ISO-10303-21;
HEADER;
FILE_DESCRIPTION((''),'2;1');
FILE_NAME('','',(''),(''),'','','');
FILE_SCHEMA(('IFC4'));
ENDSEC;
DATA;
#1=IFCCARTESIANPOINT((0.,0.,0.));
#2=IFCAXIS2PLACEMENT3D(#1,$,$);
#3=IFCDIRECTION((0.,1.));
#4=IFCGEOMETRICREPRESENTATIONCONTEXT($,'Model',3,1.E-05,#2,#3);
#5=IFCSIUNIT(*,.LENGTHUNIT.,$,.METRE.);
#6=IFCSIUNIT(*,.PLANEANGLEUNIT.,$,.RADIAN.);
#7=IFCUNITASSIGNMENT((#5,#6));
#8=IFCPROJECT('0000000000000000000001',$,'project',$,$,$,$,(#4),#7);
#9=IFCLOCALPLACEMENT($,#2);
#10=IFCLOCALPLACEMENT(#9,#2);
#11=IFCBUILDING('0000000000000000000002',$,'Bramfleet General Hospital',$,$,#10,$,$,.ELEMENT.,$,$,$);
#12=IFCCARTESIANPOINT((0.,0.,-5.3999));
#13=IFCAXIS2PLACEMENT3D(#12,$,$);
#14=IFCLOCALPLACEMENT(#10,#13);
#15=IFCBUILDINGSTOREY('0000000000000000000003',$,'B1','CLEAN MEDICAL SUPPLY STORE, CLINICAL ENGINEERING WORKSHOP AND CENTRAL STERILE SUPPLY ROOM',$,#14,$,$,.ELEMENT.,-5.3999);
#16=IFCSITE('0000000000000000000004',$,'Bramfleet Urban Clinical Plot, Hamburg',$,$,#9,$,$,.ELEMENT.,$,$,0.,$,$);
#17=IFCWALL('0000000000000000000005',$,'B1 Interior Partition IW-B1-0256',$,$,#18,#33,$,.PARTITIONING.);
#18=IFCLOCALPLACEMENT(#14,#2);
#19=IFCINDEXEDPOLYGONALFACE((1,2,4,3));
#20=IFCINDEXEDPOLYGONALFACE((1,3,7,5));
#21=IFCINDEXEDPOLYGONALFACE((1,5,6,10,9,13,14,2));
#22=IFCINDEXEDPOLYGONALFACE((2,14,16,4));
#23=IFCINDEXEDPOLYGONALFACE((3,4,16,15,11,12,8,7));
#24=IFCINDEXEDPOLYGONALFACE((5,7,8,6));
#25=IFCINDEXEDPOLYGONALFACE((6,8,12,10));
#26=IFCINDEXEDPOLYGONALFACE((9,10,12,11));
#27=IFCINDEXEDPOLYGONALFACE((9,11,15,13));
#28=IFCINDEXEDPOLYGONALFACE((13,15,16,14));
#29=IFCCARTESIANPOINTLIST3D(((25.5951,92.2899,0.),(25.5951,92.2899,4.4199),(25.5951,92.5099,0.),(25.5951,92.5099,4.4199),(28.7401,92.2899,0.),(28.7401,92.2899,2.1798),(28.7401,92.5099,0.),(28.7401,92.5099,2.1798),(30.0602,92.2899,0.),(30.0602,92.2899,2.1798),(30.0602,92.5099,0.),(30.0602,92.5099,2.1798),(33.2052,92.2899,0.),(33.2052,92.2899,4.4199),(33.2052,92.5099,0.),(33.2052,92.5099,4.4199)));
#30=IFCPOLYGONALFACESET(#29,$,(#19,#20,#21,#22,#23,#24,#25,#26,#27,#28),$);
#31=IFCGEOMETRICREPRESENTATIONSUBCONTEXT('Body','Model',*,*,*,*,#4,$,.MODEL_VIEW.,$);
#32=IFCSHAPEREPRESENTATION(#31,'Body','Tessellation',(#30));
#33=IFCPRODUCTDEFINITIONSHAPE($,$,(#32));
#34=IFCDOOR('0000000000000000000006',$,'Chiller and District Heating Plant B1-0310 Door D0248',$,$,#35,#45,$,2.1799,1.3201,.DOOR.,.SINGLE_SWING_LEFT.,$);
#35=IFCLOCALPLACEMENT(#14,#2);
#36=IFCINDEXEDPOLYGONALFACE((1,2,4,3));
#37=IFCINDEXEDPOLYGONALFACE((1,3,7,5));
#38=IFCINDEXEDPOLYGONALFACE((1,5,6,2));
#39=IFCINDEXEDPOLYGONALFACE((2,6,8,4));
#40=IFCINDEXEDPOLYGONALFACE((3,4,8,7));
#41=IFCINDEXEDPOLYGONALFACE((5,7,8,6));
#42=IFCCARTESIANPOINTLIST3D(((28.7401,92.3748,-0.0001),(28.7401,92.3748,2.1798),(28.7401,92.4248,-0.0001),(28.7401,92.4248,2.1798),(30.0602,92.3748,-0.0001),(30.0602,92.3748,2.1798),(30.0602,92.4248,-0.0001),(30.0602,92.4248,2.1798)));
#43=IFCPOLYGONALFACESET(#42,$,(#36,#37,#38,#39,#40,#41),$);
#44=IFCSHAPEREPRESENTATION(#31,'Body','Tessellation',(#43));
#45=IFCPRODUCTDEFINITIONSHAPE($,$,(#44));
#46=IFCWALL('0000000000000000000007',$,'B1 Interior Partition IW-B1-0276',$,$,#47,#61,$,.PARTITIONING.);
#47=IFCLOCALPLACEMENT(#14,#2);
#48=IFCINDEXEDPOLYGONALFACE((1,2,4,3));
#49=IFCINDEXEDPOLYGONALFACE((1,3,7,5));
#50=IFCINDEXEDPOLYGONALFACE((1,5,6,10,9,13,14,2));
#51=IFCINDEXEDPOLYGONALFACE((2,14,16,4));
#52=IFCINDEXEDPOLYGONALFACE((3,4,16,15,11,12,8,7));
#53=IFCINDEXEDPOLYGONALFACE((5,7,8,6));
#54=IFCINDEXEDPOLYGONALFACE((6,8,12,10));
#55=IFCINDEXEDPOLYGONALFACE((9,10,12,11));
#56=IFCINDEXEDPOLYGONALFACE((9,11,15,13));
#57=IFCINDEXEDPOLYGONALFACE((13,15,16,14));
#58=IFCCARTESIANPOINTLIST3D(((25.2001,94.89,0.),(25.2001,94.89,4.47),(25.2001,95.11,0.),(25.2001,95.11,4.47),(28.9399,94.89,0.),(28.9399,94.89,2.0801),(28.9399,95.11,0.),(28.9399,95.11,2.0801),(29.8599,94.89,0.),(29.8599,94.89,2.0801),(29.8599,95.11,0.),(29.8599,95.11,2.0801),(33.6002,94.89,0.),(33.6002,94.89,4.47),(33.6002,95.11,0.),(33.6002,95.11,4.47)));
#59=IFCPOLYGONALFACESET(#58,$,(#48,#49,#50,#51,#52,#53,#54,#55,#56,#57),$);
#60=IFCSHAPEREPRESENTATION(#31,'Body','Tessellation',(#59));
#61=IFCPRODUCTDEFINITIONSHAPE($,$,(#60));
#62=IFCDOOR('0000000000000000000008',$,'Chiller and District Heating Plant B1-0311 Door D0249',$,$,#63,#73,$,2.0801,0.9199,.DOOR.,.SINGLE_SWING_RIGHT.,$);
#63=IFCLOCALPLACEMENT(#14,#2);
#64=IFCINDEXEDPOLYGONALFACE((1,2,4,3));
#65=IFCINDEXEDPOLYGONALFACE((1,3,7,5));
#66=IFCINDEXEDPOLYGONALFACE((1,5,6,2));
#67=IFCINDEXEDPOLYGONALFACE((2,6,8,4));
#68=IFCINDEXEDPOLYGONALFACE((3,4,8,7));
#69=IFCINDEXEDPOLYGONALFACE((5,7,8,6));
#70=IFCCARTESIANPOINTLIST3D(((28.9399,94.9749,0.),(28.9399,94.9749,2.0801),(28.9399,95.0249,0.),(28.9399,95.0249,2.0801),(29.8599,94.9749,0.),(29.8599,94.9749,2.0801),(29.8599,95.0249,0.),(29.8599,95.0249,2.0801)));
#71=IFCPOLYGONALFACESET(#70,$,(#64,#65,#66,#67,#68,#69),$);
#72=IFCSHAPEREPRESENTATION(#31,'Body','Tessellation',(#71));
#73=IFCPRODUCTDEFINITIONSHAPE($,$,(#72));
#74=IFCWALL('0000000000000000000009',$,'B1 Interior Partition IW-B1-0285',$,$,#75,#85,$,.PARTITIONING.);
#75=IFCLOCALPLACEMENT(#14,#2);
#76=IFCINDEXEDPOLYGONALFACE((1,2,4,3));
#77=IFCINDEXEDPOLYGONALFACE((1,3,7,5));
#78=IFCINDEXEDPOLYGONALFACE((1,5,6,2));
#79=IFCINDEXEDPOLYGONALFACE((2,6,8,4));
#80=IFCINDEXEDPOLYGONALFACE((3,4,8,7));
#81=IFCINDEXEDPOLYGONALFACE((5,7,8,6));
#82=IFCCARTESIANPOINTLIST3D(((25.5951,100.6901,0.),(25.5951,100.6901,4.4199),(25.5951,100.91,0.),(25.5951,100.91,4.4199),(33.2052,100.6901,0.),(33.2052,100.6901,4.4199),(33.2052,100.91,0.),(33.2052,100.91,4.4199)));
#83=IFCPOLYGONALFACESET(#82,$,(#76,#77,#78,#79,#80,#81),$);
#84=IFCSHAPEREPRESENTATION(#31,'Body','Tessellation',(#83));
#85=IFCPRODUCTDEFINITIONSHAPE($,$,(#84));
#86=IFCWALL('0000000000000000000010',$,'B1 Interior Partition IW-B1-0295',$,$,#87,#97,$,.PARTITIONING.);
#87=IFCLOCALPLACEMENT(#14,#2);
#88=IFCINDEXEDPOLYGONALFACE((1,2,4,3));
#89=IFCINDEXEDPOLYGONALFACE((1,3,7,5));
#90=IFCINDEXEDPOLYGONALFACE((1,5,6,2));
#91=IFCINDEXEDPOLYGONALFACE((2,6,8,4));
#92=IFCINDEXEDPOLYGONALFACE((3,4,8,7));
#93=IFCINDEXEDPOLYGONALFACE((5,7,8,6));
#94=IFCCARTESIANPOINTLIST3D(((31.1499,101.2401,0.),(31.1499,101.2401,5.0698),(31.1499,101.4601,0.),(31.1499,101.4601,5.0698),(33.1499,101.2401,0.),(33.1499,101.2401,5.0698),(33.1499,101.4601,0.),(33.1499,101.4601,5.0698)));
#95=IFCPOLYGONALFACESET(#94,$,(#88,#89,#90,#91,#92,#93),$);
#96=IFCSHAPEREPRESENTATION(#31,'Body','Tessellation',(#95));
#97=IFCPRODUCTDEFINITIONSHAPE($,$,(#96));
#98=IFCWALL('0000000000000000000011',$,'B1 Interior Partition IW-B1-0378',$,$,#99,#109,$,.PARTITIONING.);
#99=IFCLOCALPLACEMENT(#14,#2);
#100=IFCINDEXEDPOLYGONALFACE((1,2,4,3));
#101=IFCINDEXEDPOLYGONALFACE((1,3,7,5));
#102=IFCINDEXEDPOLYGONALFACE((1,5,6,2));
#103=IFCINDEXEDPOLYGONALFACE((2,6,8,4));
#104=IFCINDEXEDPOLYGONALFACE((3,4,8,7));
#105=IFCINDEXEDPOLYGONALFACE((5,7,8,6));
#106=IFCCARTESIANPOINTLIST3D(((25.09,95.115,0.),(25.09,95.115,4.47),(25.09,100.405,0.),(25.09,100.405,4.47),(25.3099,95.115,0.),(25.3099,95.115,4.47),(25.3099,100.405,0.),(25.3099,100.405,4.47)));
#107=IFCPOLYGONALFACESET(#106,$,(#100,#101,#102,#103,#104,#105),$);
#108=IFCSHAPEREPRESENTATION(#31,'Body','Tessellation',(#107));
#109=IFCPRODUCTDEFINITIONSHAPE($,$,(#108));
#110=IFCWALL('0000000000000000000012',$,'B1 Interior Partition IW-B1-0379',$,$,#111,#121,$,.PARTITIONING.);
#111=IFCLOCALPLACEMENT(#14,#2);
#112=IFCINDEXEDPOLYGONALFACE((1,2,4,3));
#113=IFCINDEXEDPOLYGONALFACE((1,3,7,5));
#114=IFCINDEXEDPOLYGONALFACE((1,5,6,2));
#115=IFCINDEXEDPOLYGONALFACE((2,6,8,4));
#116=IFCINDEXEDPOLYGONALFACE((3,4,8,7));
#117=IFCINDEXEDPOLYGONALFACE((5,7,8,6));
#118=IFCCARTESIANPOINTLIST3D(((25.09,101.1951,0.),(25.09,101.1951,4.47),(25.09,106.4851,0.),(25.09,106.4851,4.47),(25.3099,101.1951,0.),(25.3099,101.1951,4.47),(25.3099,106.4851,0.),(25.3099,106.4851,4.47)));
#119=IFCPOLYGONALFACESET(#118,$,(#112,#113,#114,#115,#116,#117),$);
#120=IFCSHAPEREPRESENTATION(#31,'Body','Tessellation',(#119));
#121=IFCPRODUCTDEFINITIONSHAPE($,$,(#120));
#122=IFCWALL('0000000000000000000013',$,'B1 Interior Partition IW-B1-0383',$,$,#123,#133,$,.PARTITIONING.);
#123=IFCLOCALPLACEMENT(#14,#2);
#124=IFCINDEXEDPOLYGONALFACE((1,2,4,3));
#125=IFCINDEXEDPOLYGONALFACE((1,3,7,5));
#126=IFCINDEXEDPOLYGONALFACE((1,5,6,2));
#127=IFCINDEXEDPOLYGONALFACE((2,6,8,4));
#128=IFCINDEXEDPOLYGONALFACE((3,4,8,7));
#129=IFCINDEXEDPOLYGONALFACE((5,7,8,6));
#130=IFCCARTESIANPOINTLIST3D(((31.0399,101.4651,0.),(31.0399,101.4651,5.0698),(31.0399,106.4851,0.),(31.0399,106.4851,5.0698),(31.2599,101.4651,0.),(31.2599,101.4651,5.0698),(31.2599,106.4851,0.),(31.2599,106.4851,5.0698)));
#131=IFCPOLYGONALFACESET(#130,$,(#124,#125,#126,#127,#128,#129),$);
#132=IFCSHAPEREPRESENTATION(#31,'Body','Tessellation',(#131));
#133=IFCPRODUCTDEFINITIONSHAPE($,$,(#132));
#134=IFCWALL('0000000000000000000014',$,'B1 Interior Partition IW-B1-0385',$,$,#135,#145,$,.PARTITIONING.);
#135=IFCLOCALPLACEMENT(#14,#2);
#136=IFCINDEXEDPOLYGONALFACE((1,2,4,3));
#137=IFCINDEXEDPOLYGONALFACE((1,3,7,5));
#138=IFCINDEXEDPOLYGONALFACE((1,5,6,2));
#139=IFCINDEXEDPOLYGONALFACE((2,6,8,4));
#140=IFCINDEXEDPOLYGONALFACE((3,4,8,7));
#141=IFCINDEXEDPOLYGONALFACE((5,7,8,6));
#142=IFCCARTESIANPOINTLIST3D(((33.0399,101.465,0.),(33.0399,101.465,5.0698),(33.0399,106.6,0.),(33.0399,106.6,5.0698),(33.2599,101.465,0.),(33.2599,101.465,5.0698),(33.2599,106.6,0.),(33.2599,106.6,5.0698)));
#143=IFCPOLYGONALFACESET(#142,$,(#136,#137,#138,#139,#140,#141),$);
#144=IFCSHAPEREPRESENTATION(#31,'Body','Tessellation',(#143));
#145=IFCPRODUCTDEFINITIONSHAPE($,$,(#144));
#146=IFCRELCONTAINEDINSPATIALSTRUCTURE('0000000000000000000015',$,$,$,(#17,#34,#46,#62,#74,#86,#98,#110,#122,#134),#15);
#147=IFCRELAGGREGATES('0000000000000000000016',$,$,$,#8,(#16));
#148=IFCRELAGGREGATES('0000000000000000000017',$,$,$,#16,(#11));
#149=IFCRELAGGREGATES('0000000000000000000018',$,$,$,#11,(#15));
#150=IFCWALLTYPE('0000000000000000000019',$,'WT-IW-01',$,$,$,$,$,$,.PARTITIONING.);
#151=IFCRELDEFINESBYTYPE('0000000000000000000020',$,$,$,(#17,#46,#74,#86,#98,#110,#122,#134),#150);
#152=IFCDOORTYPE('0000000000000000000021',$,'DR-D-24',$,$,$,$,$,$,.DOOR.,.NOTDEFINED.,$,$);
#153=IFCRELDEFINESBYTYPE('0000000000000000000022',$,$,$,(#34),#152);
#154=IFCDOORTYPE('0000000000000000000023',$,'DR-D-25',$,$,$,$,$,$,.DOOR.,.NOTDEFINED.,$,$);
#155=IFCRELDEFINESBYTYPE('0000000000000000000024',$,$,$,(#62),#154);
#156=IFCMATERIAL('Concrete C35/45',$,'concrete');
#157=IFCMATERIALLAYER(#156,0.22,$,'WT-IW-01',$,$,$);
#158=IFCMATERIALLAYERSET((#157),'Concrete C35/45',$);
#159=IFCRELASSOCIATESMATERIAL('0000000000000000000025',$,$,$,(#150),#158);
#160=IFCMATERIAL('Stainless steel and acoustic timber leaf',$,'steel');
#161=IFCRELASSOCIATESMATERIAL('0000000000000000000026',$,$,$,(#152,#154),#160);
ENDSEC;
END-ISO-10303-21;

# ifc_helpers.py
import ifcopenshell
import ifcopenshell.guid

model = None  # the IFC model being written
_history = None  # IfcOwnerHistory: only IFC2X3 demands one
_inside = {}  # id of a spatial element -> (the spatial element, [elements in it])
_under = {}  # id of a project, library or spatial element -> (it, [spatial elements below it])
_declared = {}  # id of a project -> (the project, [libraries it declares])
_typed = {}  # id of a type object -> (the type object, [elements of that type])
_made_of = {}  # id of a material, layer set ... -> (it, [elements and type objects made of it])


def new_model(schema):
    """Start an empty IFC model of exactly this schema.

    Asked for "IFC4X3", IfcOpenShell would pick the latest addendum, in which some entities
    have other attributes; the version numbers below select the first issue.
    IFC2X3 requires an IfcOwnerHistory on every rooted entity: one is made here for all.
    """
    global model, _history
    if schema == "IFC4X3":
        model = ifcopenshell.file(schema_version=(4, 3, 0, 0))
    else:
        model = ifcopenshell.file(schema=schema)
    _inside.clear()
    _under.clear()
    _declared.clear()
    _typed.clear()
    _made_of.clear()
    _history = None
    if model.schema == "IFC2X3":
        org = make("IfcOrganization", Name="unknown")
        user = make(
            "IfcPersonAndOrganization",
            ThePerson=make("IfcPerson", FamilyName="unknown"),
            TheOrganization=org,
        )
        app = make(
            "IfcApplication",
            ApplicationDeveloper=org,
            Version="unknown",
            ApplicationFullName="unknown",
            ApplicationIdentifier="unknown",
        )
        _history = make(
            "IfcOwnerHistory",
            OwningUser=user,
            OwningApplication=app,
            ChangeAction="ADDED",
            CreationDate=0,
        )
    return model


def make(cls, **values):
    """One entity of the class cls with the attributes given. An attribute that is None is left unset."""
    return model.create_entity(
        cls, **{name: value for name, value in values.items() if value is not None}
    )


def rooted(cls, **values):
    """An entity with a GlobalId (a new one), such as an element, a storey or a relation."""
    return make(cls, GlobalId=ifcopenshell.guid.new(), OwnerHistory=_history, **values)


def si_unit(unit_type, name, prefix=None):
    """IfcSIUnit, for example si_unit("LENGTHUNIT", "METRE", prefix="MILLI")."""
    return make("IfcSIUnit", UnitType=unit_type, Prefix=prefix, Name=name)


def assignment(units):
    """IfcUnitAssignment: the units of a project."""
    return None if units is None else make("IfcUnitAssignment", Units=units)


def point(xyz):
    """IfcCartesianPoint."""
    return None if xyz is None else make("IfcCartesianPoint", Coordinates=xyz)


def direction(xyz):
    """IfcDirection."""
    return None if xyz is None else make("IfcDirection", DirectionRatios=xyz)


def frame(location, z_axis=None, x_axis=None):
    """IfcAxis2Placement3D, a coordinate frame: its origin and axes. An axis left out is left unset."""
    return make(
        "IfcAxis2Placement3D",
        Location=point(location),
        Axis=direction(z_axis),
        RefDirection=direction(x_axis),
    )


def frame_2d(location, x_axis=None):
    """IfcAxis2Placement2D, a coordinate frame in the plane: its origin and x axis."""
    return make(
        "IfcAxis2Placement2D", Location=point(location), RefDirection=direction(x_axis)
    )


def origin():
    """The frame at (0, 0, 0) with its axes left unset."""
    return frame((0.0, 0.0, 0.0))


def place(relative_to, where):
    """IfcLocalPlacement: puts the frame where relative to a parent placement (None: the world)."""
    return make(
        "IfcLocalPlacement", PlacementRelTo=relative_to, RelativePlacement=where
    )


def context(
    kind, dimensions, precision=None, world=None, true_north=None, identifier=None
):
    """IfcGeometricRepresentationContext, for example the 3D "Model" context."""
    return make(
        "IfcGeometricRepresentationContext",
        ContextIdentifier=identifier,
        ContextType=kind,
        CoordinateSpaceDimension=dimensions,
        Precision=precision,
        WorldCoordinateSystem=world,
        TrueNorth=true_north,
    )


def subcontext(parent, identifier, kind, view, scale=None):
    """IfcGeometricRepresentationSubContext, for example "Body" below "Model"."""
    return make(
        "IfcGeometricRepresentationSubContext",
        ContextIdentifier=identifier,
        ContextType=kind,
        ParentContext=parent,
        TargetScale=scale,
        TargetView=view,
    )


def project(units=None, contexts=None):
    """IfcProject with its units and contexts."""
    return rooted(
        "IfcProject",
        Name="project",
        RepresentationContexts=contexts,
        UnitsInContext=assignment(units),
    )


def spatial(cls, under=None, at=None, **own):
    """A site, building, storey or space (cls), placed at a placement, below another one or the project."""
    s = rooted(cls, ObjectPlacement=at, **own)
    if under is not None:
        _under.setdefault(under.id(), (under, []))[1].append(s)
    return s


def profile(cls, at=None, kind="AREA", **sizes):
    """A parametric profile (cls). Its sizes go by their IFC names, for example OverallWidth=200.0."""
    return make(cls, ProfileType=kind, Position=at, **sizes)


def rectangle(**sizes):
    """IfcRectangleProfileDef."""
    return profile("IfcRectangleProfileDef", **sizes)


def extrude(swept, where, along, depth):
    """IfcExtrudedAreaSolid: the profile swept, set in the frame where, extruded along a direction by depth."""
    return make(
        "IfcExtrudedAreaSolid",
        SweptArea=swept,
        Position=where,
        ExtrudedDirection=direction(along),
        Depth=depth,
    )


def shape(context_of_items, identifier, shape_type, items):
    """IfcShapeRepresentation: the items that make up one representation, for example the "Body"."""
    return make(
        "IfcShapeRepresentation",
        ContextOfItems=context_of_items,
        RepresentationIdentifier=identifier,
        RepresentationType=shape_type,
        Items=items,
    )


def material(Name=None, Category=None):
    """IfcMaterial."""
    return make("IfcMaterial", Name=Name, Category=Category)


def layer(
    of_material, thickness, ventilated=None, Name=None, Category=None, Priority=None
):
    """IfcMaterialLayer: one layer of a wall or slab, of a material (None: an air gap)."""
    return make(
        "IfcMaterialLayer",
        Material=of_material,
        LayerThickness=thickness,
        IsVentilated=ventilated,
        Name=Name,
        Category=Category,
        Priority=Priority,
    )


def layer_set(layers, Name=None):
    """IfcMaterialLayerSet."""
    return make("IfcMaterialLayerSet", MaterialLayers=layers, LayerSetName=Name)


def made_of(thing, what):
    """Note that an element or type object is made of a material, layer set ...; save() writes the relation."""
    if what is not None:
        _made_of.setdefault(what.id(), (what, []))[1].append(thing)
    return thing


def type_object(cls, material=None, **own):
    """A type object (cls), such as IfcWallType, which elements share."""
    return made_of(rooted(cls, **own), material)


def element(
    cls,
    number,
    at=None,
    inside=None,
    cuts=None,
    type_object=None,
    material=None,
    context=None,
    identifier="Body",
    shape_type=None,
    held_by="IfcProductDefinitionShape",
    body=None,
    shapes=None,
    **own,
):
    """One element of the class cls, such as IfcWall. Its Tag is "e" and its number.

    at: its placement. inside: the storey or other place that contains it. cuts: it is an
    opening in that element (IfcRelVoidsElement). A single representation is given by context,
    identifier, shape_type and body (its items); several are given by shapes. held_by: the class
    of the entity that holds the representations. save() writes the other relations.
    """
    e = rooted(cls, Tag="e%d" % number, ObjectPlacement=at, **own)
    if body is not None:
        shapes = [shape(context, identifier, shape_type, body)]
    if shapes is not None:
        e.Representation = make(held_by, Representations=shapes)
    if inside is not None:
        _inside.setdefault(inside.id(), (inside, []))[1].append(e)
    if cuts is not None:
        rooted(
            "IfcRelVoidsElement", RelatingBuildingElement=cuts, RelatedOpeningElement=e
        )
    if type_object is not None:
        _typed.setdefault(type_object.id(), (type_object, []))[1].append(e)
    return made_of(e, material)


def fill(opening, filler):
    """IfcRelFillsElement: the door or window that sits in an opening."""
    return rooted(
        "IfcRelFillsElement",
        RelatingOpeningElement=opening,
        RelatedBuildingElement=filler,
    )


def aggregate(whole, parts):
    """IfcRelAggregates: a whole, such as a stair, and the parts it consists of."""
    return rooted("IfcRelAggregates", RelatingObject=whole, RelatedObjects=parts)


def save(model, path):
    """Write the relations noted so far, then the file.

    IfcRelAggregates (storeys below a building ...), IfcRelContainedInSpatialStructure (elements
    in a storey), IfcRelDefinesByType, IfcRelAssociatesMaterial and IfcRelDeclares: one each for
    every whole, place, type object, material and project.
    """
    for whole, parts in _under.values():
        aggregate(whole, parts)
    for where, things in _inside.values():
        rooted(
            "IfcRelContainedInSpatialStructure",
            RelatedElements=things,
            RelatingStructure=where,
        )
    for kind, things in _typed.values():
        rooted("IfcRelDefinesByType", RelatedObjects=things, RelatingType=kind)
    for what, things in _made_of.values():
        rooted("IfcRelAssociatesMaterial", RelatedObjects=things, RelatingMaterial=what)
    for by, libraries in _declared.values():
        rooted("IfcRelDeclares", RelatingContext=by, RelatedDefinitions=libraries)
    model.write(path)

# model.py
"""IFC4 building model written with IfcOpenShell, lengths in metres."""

from ifc_helpers import new_model, si_unit, direction, frame, frame_2d, origin, place, context, subcontext, project, spatial, rectangle, extrude, material, layer, layer_set, type_object, element, fill, save


model = new_model("IFC4")

# Units and contexts
model_context = context("Model", 3, precision=1e-05, world=origin(), true_north=direction((0.0, 1.0)))
body_context = subcontext(model_context, "Body", "Model", "MODEL_VIEW")
ifc_project = project(units=[si_unit("LENGTHUNIT", "METRE"), si_unit("PLANEANGLEUNIT", "RADIAN")], contexts=[model_context])

# Site, building, storey
site_placement = place(None, origin())
site = spatial("IfcSite", under=ifc_project, at=site_placement, Name="Bramfleet Urban Clinical Plot, Hamburg", CompositionType="ELEMENT", RefElevation=0.0)
building_placement = place(site_placement, origin())
building = spatial("IfcBuilding", under=site, at=building_placement, Name="Bramfleet General Hospital", CompositionType="ELEMENT")
storey_placement = place(building_placement, frame((0.0, 0.0, -5.3999)))
storey = spatial("IfcBuildingStorey", under=building, at=storey_placement, Name="B1", Description="CLEAN MEDICAL SUPPLY STORE, CLINICAL ENGINEERING WORKSHOP AND CENTRAL STERILE SUPPLY ROOM", CompositionType="ELEMENT", Elevation=-5.3999)

# Shared definitions
ifc_material_1 = material(Name="Concrete C35/45", Category="concrete")

# Walls, openings, doors
ifc_layer = layer(ifc_material_1, 0.22, Name="WT-IW-01")
ifc_layer_set = layer_set([ifc_layer], Name="Concrete C35/45")
wall_type = type_object("IfcWallType", Name="WT-IW-01", PredefinedType="PARTITIONING", material=ifc_layer_set)
wall_1_placement = place(storey_placement, frame((25.595, 92.3999, 0.0), z_axis=(0.0, 0.0, 1.0), x_axis=(1.0, 0.0, 0.0)))
wall_1 = element("IfcWall", 1, at=wall_1_placement, inside=storey, type_object=wall_type, Name="B1 Interior Partition IW-B1-0256", PredefinedType="PARTITIONING", context=body_context, shape_type="SweptSolid", body=[
    extrude(rectangle(XDim=7.6101, YDim=0.22, at=frame_2d((3.8052, 0.0))), origin(), (0.0, 0.0, 1.0), 4.4199),
])
opening_1_placement = place(wall_1_placement, frame((3.145, 0.0, 0.0)))
opening_1 = element("IfcOpeningElement", 2, at=opening_1_placement, cuts=wall_1, PredefinedType="OPENING", context=body_context, shape_type="SweptSolid", body=[
    extrude(rectangle(XDim=1.3201, YDim=2.1799, at=frame_2d((0.6602, 1.0898))), frame((0.0, 0.1199, 0.0), z_axis=(0.0, -1.0, 0.0), x_axis=(1.0, 0.0, 0.0)), (0.0, 0.0, 1.0), 0.24),
])
ifc_material_2 = material(Name="Stainless steel and acoustic timber leaf", Category="steel")
door_type_1 = type_object("IfcDoorType", Name="DR-D-24", OperationType="NOTDEFINED", PredefinedType="DOOR", material=ifc_material_2)
door_1_placement = place(opening_1_placement, origin())
door_1 = element("IfcDoor", 3, at=door_1_placement, inside=storey, type_object=door_type_1, Name="Chiller and District Heating Plant B1-0310 Door D0248", OperationType="SINGLE_SWING_LEFT", OverallHeight=2.1799, OverallWidth=1.3201, PredefinedType="DOOR", context=body_context, shape_type="SweptSolid", body=[
    extrude(rectangle(XDim=1.3201, YDim=2.1799, at=frame_2d((0.6602, 1.0898))), frame((0.0, 0.0249, 0.0), z_axis=(0.0, -1.0, 0.0), x_axis=(1.0, 0.0, 0.0)), (0.0, 0.0, 1.0), 0.05),
])
fill(opening_1, door_1)
wall_2_placement = place(storey_placement, frame((25.2, 95.0, 0.0), z_axis=(0.0, 0.0, 1.0), x_axis=(1.0, 0.0, 0.0)))
wall_2 = element("IfcWall", 4, at=wall_2_placement, inside=storey, type_object=wall_type, Name="B1 Interior Partition IW-B1-0276", PredefinedType="PARTITIONING", context=body_context, shape_type="SweptSolid", body=[
    extrude(rectangle(XDim=8.4001, YDim=0.22, at=frame_2d((4.2002, 0.0))), origin(), (0.0, 0.0, 1.0), 4.47),
])
opening_2_placement = place(wall_2_placement, frame((3.74, 0.0, 0.0)))
opening_2 = element("IfcOpeningElement", 5, at=opening_2_placement, cuts=wall_2, PredefinedType="OPENING", context=body_context, shape_type="SweptSolid", body=[
    extrude(rectangle(XDim=0.9199, YDim=2.0801, at=frame_2d((0.46, 1.04))), frame((0.0, 0.1199, 0.0), z_axis=(0.0, -1.0, 0.0), x_axis=(1.0, 0.0, 0.0)), (0.0, 0.0, 1.0), 0.24),
])
door_type_2 = type_object("IfcDoorType", Name="DR-D-25", OperationType="NOTDEFINED", PredefinedType="DOOR", material=ifc_material_2)
door_2_placement = place(opening_2_placement, origin())
door_2 = element("IfcDoor", 6, at=door_2_placement, inside=storey, type_object=door_type_2, Name="Chiller and District Heating Plant B1-0311 Door D0249", OperationType="SINGLE_SWING_RIGHT", OverallHeight=2.0801, OverallWidth=0.9199, PredefinedType="DOOR", context=body_context, shape_type="SweptSolid", body=[
    extrude(rectangle(XDim=0.9199, YDim=2.0801, at=frame_2d((0.46, 1.04))), frame((0.0, 0.0249, 0.0), z_axis=(0.0, -1.0, 0.0), x_axis=(1.0, 0.0, 0.0)), (0.0, 0.0, 1.0), 0.05),
])
fill(opening_2, door_2)

# Walls
wall_3_placement = place(storey_placement, frame((25.595, 100.8, 0.0), z_axis=(0.0, 0.0, 1.0), x_axis=(1.0, 0.0, 0.0)))
element("IfcWall", 7, at=wall_3_placement, inside=storey, type_object=wall_type, Name="B1 Interior Partition IW-B1-0285", PredefinedType="PARTITIONING", context=body_context, shape_type="SweptSolid", body=[
    extrude(rectangle(XDim=7.6101, YDim=0.22, at=frame_2d((3.8052, 0.0))), origin(), (0.0, 0.0, 1.0), 4.4199),
])
wall_4_placement = place(storey_placement, frame((31.1499, 101.3501, 0.0), z_axis=(0.0, 0.0, 1.0), x_axis=(1.0, 0.0, 0.0)))
element("IfcWall", 8, at=wall_4_placement, inside=storey, type_object=wall_type, Name="B1 Interior Partition IW-B1-0295", PredefinedType="PARTITIONING", context=body_context, shape_type="SweptSolid", body=[
    extrude(rectangle(XDim=2.0, YDim=0.22, at=frame_2d((1.0, 0.0))), origin(), (0.0, 0.0, 1.0), 5.0698),
])
for number, where, z_axis, x_axis, name in (
    (9, (25.2, 95.115, 0.0), (0.0, 0.0, 1.0), (0.0, 1.0, 0.0), "B1 Interior Partition IW-B1-0378"),
    (10, (25.2, 101.1951, 0.0), (0.0, 0.0, 1.0), (0.0, 1.0, 0.0), "B1 Interior Partition IW-B1-0379"),
):
    element("IfcWall", number, at=place(storey_placement, frame(where, z_axis=z_axis, x_axis=x_axis)), inside=storey, type_object=wall_type, Name=name, PredefinedType="PARTITIONING", context=body_context, shape_type="SweptSolid", body=[
        extrude(rectangle(XDim=5.29, YDim=0.22, at=frame_2d((2.645, 0.0))), origin(), (0.0, 0.0, 1.0), 4.47),
    ])
wall_5_placement = place(storey_placement, frame((31.1499, 101.4651, 0.0), z_axis=(0.0, 0.0, 1.0), x_axis=(0.0, 1.0, 0.0)))
element("IfcWall", 11, at=wall_5_placement, inside=storey, type_object=wall_type, Name="B1 Interior Partition IW-B1-0383", PredefinedType="PARTITIONING", context=body_context, shape_type="SweptSolid", body=[
    extrude(rectangle(XDim=5.02, YDim=0.22, at=frame_2d((2.51, 0.0))), origin(), (0.0, 0.0, 1.0), 5.0698),
])
wall_6_placement = place(storey_placement, frame((33.1499, 101.4651, 0.0), z_axis=(0.0, 0.0, 1.0), x_axis=(0.0, 1.0, 0.0)))
element("IfcWall", 12, at=wall_6_placement, inside=storey, type_object=wall_type, Name="B1 Interior Partition IW-B1-0385", PredefinedType="PARTITIONING", context=body_context, shape_type="SweptSolid", body=[
    extrude(rectangle(XDim=5.135, YDim=0.22, at=frame_2d((2.5674, 0.0))), origin(), (0.0, 0.0, 1.0), 5.0698),
])

save(model, "model.ifc")
